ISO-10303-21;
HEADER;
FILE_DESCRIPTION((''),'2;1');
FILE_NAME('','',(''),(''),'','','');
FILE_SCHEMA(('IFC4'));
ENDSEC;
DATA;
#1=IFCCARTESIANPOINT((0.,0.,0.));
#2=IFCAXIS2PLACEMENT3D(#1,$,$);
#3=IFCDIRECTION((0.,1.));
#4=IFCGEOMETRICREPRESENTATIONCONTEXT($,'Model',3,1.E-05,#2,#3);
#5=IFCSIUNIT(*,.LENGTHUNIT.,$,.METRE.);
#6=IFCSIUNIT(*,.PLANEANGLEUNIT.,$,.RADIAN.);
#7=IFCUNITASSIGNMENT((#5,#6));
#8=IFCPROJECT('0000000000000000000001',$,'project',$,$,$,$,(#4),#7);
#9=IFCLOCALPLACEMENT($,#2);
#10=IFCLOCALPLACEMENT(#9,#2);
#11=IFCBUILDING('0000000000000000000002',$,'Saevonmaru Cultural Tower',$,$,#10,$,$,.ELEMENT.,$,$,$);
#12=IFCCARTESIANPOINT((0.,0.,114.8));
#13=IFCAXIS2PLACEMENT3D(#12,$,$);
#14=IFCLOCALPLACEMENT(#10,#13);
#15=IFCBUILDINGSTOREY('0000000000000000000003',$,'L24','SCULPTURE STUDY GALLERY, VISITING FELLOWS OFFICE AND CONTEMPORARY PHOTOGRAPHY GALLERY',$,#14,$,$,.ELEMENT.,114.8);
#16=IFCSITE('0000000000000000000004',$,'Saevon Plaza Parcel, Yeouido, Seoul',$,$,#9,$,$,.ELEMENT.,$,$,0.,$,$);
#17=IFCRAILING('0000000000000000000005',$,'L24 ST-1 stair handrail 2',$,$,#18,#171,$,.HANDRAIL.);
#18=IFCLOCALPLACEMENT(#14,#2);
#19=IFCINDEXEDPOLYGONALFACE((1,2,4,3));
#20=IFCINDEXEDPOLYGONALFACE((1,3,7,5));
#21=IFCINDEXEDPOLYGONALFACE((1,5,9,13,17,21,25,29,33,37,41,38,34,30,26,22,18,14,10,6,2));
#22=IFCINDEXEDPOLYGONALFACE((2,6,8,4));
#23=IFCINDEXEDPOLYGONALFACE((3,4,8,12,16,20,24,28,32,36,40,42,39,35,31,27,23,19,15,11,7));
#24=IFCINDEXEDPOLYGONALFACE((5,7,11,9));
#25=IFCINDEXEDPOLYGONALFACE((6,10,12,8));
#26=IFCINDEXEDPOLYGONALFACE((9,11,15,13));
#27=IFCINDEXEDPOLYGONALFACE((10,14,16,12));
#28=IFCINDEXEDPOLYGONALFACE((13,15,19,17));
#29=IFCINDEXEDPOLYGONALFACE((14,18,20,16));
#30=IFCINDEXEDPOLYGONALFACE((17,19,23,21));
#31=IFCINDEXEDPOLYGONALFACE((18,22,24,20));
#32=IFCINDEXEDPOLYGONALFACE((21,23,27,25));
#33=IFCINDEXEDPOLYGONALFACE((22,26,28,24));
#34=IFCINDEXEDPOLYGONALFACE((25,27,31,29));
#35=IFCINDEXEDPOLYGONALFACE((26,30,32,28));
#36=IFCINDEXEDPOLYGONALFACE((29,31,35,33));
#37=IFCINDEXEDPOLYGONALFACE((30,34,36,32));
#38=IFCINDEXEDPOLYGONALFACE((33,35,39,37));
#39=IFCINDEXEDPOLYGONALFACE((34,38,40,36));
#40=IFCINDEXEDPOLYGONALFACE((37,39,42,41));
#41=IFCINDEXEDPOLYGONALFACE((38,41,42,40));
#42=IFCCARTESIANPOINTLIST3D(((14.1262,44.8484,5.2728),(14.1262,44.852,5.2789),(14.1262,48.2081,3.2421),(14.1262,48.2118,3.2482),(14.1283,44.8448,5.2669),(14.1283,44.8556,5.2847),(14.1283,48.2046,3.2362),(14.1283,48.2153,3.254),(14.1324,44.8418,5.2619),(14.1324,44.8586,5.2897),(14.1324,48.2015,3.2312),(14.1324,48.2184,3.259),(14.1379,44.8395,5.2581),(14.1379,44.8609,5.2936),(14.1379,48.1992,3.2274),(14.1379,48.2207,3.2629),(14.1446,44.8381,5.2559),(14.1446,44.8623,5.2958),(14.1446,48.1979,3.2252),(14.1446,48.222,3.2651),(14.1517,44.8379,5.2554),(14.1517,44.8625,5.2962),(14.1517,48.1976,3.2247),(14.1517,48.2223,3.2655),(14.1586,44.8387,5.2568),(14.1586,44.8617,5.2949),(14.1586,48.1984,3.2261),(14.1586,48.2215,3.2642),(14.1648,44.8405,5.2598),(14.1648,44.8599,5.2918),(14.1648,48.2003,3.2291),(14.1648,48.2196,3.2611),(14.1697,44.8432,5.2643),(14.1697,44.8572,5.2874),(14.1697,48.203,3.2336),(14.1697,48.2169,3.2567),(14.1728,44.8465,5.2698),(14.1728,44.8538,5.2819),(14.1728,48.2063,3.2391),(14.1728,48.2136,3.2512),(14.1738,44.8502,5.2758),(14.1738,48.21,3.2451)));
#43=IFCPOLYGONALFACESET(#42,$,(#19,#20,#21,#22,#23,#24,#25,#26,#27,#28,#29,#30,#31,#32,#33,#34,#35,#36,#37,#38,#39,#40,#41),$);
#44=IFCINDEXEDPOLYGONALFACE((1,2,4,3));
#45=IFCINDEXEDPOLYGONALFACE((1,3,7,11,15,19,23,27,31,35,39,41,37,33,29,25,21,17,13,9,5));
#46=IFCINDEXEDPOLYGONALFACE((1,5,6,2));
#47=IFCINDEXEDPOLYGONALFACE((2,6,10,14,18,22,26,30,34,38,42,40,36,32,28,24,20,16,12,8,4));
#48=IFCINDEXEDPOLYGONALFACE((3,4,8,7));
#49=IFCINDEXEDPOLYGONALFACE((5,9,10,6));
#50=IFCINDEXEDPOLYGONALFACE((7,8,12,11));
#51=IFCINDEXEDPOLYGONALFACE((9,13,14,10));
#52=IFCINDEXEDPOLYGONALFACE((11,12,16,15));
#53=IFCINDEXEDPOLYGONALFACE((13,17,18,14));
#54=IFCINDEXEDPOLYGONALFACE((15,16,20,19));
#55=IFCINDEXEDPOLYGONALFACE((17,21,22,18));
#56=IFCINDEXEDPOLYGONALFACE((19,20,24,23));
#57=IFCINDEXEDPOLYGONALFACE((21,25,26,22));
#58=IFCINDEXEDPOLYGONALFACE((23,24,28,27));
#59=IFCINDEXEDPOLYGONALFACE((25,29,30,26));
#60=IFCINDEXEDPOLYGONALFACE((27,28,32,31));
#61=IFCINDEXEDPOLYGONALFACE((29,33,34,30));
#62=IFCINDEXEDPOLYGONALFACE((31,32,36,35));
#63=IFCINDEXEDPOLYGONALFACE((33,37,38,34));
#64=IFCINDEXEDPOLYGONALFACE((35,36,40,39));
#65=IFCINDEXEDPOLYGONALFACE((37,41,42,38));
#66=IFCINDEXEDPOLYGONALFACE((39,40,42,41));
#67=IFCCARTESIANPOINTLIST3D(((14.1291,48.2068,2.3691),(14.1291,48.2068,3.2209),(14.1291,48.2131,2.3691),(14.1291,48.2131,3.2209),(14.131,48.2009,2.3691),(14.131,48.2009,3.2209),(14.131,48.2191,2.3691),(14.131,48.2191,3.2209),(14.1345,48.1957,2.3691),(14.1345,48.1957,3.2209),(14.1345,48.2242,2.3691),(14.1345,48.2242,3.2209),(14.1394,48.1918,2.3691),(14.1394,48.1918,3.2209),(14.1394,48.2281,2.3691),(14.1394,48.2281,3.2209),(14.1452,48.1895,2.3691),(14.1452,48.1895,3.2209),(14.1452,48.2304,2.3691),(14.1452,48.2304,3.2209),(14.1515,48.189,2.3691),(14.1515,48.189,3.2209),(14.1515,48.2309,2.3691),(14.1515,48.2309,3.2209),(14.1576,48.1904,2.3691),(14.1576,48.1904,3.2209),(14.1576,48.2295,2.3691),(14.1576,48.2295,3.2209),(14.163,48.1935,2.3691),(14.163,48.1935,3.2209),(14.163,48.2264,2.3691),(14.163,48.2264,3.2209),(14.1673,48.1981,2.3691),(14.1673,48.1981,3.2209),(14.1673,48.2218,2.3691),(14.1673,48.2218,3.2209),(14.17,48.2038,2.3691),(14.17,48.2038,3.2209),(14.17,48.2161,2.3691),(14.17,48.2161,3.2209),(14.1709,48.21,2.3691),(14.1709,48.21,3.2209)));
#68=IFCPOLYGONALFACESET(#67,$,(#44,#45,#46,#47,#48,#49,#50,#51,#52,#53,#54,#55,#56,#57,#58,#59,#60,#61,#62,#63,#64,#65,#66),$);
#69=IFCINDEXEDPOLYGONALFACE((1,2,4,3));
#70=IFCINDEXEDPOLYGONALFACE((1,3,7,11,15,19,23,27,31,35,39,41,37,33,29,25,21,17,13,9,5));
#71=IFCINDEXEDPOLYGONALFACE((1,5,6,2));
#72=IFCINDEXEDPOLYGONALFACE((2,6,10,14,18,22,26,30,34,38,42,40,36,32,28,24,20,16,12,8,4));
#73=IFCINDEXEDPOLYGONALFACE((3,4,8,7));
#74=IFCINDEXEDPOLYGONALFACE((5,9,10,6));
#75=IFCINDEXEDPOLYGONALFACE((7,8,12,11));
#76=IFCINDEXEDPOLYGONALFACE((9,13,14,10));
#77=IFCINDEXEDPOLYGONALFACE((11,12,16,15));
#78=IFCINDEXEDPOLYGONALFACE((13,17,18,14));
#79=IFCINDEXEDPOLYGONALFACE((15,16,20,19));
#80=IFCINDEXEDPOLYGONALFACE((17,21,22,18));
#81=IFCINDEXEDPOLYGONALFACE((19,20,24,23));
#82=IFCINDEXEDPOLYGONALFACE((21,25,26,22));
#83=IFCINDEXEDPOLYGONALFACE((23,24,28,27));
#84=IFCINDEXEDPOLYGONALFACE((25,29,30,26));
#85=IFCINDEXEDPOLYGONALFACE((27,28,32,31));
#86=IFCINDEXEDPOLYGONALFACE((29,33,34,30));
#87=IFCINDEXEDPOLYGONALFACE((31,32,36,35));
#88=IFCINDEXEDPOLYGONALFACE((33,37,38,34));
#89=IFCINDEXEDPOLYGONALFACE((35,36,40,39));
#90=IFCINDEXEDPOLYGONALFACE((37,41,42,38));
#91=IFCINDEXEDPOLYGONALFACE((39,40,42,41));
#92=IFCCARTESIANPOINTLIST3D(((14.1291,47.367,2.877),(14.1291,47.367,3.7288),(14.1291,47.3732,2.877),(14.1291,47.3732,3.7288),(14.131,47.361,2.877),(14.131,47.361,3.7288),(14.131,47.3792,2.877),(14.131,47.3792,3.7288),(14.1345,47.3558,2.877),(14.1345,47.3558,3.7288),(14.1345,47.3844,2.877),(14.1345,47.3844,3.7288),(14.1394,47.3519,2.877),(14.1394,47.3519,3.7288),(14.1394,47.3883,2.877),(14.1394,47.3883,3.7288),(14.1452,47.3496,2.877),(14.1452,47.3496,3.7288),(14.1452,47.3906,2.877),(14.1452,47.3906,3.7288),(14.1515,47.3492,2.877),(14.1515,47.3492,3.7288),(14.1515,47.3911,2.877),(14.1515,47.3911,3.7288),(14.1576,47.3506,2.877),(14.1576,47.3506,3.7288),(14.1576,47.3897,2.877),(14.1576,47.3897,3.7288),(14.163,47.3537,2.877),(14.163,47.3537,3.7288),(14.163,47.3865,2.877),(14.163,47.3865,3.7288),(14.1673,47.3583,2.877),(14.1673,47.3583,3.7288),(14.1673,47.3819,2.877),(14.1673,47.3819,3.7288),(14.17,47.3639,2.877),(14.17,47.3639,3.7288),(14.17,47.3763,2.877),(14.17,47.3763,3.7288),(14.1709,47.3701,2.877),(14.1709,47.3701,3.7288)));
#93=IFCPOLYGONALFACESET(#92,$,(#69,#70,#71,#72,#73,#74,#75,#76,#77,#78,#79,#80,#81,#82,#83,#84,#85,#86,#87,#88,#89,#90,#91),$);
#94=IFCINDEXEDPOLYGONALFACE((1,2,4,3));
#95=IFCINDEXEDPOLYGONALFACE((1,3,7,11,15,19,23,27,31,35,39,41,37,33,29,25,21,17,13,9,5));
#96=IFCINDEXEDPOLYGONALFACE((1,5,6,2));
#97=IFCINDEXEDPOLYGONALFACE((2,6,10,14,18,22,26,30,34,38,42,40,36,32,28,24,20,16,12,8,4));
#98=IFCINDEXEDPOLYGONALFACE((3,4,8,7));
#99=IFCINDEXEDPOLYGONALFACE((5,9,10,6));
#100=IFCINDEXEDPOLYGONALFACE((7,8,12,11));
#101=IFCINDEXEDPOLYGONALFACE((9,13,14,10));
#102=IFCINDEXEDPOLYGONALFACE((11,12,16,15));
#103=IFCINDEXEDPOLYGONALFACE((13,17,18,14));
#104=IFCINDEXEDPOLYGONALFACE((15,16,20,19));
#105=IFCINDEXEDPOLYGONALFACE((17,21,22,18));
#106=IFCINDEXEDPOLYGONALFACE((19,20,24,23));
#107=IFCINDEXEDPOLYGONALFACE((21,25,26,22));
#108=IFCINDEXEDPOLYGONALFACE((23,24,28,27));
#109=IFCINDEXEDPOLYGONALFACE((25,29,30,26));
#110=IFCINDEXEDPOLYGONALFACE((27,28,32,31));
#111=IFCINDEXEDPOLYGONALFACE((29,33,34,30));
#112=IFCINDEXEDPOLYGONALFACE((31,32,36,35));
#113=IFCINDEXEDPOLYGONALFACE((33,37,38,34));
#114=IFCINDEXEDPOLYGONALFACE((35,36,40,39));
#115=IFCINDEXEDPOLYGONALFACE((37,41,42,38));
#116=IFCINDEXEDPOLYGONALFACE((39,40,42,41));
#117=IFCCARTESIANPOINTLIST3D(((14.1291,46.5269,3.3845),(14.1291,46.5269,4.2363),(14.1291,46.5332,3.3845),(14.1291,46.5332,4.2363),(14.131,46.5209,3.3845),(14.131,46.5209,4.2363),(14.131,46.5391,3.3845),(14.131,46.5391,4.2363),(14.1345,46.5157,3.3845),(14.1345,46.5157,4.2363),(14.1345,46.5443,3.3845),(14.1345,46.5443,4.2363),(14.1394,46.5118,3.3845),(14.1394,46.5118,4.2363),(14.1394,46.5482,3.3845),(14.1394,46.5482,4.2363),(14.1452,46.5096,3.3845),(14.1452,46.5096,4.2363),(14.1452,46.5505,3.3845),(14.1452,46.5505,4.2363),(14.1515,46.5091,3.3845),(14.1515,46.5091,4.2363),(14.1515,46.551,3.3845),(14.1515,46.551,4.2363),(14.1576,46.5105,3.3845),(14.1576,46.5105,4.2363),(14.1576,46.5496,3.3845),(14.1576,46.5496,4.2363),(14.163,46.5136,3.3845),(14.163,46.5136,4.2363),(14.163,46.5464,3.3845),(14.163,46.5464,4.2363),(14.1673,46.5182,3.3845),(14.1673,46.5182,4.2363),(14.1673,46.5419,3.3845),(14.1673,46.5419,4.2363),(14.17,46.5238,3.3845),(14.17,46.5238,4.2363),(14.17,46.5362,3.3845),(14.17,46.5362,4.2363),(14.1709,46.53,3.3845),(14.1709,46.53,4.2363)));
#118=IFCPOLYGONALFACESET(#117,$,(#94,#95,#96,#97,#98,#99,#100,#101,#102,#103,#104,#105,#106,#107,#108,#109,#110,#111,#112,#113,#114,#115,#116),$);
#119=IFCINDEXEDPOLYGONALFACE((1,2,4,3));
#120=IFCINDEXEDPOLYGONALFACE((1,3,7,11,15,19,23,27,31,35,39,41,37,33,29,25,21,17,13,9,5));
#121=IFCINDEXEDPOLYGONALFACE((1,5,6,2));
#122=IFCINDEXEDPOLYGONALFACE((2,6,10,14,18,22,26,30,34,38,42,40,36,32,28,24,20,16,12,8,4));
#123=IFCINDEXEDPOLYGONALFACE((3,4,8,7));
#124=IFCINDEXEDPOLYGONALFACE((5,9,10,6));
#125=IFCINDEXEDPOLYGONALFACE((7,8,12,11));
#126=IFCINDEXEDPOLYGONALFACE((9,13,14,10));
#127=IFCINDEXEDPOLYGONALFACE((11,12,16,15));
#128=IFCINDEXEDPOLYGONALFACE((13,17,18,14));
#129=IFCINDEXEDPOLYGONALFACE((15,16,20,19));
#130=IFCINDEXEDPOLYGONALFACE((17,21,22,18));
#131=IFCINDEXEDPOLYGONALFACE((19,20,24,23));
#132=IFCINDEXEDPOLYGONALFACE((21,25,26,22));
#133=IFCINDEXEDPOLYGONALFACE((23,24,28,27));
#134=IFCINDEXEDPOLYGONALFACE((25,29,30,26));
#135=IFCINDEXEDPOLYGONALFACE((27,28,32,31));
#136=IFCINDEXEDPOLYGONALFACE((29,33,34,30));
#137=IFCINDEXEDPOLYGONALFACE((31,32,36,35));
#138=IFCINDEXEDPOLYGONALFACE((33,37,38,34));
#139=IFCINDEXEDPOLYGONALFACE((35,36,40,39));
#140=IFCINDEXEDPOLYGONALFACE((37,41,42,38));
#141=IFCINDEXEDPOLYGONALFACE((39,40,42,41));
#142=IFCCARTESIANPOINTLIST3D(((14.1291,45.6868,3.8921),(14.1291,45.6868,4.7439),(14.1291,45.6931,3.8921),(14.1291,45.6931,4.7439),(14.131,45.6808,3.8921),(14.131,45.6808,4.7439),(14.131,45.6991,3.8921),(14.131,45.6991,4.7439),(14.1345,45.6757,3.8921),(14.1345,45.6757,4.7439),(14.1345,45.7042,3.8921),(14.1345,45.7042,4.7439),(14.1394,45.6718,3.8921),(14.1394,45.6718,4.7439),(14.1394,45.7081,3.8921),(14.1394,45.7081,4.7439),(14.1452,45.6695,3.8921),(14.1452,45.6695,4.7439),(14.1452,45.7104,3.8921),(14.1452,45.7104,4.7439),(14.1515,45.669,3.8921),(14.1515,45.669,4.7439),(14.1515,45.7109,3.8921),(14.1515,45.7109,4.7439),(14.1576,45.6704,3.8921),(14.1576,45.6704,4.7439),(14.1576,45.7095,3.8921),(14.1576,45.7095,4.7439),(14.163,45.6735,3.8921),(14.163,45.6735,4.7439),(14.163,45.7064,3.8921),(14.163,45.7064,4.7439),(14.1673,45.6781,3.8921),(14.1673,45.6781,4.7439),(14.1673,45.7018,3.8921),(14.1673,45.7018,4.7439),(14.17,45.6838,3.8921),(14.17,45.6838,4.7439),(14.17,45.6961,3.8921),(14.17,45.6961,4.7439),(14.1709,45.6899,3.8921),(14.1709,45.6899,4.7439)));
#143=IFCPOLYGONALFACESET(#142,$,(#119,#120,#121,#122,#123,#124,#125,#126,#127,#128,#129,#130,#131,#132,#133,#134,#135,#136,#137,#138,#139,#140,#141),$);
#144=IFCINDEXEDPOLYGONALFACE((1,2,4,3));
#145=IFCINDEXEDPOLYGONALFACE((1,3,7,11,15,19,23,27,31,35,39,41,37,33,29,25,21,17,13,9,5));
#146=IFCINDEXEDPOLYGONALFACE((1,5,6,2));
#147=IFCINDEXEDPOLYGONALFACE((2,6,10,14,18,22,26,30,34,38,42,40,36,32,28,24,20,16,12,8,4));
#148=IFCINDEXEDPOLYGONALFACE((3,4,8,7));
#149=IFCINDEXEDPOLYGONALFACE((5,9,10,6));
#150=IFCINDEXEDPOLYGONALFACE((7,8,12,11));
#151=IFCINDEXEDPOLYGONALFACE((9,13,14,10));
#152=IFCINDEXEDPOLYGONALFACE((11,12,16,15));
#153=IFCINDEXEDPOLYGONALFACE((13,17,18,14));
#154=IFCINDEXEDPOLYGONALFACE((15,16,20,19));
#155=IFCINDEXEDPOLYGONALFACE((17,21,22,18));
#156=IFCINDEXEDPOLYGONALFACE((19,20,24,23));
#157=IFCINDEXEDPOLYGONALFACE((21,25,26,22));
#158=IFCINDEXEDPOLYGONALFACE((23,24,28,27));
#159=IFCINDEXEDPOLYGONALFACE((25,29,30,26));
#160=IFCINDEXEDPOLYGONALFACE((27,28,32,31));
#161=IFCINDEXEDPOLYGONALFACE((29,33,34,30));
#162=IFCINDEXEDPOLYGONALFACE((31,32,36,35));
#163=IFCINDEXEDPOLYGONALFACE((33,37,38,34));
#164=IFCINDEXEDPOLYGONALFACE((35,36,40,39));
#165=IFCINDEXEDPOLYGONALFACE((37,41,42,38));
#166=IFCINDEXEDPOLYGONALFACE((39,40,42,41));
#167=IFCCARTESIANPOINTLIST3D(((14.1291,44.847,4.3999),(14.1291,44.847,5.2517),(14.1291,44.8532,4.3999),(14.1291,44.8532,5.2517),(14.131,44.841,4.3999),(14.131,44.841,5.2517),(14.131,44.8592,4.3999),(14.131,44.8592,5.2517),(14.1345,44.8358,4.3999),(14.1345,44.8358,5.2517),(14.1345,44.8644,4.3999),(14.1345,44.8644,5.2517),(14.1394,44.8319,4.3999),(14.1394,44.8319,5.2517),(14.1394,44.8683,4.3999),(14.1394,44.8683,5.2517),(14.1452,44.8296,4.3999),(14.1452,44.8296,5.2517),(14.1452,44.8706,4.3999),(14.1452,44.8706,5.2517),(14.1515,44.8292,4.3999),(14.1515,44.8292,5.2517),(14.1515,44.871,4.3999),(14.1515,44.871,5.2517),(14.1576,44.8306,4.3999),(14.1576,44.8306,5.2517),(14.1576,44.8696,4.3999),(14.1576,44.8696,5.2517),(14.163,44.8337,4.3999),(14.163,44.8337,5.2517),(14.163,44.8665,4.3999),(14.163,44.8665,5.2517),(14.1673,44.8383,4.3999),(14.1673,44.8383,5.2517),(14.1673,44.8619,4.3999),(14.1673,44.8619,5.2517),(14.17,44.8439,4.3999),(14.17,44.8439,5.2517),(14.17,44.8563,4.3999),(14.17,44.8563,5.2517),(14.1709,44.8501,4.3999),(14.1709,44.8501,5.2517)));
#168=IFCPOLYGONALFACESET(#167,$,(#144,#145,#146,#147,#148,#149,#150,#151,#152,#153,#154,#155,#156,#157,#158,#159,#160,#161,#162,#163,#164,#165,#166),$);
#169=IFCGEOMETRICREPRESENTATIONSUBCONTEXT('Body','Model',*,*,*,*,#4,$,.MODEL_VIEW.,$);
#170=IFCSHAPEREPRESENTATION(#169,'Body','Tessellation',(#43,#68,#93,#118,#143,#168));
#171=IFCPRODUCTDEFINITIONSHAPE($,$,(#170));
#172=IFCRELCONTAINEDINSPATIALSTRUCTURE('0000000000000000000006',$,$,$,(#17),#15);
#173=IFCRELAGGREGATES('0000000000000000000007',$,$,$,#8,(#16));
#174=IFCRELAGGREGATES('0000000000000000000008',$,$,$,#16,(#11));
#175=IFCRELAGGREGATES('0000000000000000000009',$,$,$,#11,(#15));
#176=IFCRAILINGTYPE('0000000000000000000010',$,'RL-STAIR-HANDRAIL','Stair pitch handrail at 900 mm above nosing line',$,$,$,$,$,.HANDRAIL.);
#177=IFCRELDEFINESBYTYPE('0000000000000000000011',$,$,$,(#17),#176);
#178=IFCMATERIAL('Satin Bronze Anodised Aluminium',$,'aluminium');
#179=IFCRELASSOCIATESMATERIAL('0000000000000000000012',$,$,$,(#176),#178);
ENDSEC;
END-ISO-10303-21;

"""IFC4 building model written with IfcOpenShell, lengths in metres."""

from ifc_helpers import new_model, si_unit, direction, frame, origin, origin_2d, place, context, subcontext, project, spatial, circle, extrude, material, type_object, element, save


model = new_model("IFC4")

# Units and contexts
model_context = context("Model", 3, precision=1e-05, world=origin(), true_north=direction((0.0, 1.0)))
body_context = subcontext(model_context, "Body", "Model", "MODEL_VIEW")
ifc_project = project(units=[si_unit("LENGTHUNIT", "METRE"), si_unit("PLANEANGLEUNIT", "RADIAN")], contexts=[model_context])

# Site, building, storey
site_placement = place(None, origin())
site = spatial("IfcSite", under=ifc_project, at=site_placement, Name="Saevon Plaza Parcel, Yeouido, Seoul", CompositionType="ELEMENT", RefElevation=0.0)
building_placement = place(site_placement, origin())
building = spatial("IfcBuilding", under=site, at=building_placement, Name="Saevonmaru Cultural Tower", CompositionType="ELEMENT")
storey_placement = place(building_placement, frame((0.0, 0.0, 114.8)))
storey = spatial("IfcBuildingStorey", under=building, at=storey_placement, Name="L24", Description="SCULPTURE STUDY GALLERY, VISITING FELLOWS OFFICE AND CONTEMPORARY PHOTOGRAPHY GALLERY", CompositionType="ELEMENT", Elevation=114.8)

# Shared definitions
ifc_material_1 = material(Name="Satin Bronze Anodised Aluminium", Category="aluminium")

# Railing
railing_type_1 = type_object("IfcRailingType", Name="RL-STAIR-HANDRAIL", Description="Stair pitch handrail at 900 mm above nosing line", PredefinedType="HANDRAIL", material=ifc_material_1)
railing_1_placement = place(storey_placement, frame((14.1499, 48.21, 2.3691)))
element("IfcRailing", 1, at=railing_1_placement, inside=storey, type_object=railing_type_1, Name="L24 ST-1 stair handrail 2", PredefinedType="HANDRAIL", context=body_context, shape_type="SweptSolid", body=[
    extrude(circle(Radius=0.0239, at=origin_2d()), frame((0.0, 0.0, 0.876), z_axis=(0.0, -0.85582, 0.517273), x_axis=(1.0, 0.0, 0.0)), (0.0, 0.0, 1.0), 3.9258),
    extrude(circle(Radius=0.021, at=origin_2d()), origin(), (0.0, 0.0, 1.0), 0.8518),
    extrude(circle(Radius=0.021, at=origin_2d()), frame((0.0, -0.8398, 0.5078)), (0.0, 0.0, 1.0), 0.8518),
    extrude(circle(Radius=0.021, at=origin_2d()), frame((0.0, -1.6799, 1.0154)), (0.0, 0.0, 1.0), 0.8518),
    extrude(circle(Radius=0.021, at=origin_2d()), frame((0.0, -2.52, 1.5229)), (0.0, 0.0, 1.0), 0.8518),
    extrude(circle(Radius=0.021, at=origin_2d()), frame((0.0, -3.3599, 2.0308)), (0.0, 0.0, 1.0), 0.8518),
])

save(model, "model.ifc")
